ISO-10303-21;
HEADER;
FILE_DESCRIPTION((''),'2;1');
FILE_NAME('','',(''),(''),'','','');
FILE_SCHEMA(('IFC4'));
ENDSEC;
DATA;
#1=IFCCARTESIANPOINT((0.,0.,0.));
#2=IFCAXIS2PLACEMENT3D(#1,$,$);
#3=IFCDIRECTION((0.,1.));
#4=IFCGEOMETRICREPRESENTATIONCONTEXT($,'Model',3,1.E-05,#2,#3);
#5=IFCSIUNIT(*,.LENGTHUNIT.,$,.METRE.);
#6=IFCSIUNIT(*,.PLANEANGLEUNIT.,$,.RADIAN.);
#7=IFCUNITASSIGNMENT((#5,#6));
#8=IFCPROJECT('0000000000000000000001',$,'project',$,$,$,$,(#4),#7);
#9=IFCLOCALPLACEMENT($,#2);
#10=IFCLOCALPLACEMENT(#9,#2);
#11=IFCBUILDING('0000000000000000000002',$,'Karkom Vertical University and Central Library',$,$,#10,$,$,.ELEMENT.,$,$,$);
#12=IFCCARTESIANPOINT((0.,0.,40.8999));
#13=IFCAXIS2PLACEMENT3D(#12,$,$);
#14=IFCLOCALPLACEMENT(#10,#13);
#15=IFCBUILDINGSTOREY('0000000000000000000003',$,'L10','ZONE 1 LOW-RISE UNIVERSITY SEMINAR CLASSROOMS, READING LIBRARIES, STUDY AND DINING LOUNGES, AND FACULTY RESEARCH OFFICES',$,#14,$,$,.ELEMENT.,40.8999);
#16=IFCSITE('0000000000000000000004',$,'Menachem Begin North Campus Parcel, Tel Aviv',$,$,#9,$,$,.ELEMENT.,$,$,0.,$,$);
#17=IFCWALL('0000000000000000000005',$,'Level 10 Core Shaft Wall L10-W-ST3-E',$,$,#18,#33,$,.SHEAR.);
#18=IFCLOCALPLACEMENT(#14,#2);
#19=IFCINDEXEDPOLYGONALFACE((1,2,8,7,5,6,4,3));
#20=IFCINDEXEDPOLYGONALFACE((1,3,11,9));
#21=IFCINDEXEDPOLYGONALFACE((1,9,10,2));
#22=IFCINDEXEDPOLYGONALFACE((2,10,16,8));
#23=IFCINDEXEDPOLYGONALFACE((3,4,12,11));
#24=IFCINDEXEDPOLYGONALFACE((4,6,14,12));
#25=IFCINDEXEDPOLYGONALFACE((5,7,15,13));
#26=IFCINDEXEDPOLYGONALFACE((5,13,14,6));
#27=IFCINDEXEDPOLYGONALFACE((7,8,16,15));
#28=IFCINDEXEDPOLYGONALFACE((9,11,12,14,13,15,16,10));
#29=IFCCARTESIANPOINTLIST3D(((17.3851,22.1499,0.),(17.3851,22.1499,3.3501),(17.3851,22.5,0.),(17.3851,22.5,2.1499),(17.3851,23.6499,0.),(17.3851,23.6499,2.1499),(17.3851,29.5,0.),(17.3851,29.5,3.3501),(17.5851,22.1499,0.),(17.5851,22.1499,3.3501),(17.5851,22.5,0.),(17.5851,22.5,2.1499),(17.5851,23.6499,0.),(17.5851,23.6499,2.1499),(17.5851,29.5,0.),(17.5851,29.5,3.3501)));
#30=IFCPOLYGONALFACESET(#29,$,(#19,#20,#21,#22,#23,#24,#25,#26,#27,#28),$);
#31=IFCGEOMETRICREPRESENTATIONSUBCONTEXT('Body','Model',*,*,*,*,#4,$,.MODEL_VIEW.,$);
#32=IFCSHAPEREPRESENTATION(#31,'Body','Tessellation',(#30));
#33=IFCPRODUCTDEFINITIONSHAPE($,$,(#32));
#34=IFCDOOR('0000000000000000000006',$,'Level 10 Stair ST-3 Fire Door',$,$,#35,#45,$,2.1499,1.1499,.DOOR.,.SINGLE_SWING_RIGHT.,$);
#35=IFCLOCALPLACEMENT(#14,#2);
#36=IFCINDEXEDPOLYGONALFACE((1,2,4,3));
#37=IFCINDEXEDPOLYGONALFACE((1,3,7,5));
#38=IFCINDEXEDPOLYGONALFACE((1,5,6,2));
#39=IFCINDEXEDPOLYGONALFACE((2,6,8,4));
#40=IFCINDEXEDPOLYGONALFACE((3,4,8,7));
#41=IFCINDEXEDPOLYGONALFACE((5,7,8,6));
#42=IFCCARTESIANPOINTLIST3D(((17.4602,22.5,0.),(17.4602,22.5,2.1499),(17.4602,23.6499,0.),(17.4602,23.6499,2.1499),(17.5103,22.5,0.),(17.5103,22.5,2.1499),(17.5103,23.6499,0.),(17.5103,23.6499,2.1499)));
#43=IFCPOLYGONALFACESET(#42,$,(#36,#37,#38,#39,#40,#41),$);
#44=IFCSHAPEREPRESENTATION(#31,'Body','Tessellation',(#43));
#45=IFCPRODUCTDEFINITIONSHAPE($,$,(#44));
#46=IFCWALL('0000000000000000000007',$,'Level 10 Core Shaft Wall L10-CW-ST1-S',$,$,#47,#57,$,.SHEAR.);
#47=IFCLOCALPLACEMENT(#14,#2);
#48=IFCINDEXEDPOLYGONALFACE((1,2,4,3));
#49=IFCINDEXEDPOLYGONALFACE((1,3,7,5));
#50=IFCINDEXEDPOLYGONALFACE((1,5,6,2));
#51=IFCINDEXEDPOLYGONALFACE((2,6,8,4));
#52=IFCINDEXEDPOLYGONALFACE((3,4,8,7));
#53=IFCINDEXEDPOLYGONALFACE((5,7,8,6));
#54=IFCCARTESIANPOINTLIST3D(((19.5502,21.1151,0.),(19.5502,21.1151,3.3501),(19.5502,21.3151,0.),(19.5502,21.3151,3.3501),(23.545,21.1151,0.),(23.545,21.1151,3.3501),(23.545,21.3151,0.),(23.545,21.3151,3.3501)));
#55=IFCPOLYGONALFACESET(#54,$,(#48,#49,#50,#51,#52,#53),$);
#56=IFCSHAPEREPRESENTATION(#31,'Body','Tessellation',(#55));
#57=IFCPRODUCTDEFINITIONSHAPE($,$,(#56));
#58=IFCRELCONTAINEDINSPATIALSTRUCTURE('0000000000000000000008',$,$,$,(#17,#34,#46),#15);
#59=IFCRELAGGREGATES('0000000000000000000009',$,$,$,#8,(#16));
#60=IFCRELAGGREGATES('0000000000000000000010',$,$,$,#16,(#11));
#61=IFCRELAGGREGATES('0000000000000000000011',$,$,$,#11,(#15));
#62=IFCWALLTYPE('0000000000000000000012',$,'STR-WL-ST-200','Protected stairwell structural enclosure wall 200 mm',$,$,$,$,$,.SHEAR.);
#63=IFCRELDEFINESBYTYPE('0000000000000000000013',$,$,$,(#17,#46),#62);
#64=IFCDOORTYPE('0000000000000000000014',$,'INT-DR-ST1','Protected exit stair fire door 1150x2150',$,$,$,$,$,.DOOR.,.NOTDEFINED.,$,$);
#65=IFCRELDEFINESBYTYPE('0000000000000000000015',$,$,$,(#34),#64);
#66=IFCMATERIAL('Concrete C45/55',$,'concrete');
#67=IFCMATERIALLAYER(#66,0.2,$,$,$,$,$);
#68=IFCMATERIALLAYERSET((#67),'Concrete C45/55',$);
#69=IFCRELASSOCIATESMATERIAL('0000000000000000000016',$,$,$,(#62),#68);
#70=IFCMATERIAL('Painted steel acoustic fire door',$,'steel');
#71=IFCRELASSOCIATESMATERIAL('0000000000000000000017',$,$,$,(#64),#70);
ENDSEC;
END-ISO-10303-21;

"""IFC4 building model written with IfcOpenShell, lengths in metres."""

from ifc_helpers import new_model, si_unit, direction, frame, frame_2d, origin, origin_with_axes, place, context, subcontext, project, spatial, rectangle, extrude, source, transform, mapped, material, layer, layer_set, type_object, element, fill, save


model = new_model("IFC4")

# Units and contexts
model_context = context("Model", 3, precision=1e-05, world=origin(), true_north=direction((0.0, 1.0)))
body_context = subcontext(model_context, "Body", "Model", "MODEL_VIEW")
ifc_project = project(units=[si_unit("LENGTHUNIT", "METRE"), si_unit("PLANEANGLEUNIT", "RADIAN")], contexts=[model_context])

# Site, building, storey
site_placement = place(None, origin())
site = spatial("IfcSite", under=ifc_project, at=site_placement, Name="Menachem Begin North Campus Parcel, Tel Aviv", CompositionType="ELEMENT", RefElevation=0.0)
building_placement = place(site_placement, origin())
building = spatial("IfcBuilding", under=site, at=building_placement, Name="Karkom Vertical University and Central Library", CompositionType="ELEMENT")
storey_placement = place(building_placement, frame((0.0, 0.0, 40.8999)))
storey = spatial("IfcBuildingStorey", under=building, at=storey_placement, Name="L10", Description="ZONE 1 LOW-RISE UNIVERSITY SEMINAR CLASSROOMS, READING LIBRARIES, STUDY AND DINING LOUNGES, AND FACULTY RESEARCH OFFICES", CompositionType="ELEMENT", Elevation=40.8999)

# Shared definitions
ifc_material_1 = material(Name="Concrete C45/55", Category="concrete")
ifc_layer_1 = layer(ifc_material_1, 0.2)
ifc_layer_set_1 = layer_set([ifc_layer_1], Name="Concrete C45/55")
wall_type_1 = type_object("IfcWallType", Name="STR-WL-ST-200", Description="Protected stairwell structural enclosure wall 200 mm", PredefinedType="SHEAR", material=ifc_layer_set_1)
ifc_material_2 = material(Name="Painted steel acoustic fire door", Category="steel")
door_type_1 = type_object("IfcDoorType", Name="INT-DR-ST1", Description="Protected exit stair fire door 1150x2150", OperationType="NOTDEFINED", PredefinedType="DOOR", material=ifc_material_2)
shared_shape_1 = source(origin_with_axes(), body_context, "Body", "SweptSolid", [
    extrude(rectangle(XDim=1.1499, YDim=2.1499, at=frame_2d((0.575, 1.075))), frame((0.0, 0.0249, 0.0), z_axis=(0.0, -1.0, 0.0), x_axis=(1.0, 0.0, 0.0)), (0.0, 0.0, 1.0), 0.05),
])

# Wall, opening, door
wall_1_placement = place(storey_placement, frame((17.4851, 22.1499, 0.0), z_axis=(0.0, 0.0, 1.0), x_axis=(0.0, 1.0, 0.0)))
wall_1 = element("IfcWall", 1, at=wall_1_placement, inside=storey, type_object=wall_type_1, Name="Level 10 Core Shaft Wall L10-W-ST3-E", PredefinedType="SHEAR", context=body_context, shape_type="SweptSolid", body=[
    extrude(rectangle(XDim=7.3501, YDim=0.2, at=frame_2d((3.675, 0.0))), origin(), (0.0, 0.0, 1.0), 3.3501),
])
opening_1_placement = place(wall_1_placement, frame((0.3501, 0.0, 0.0)))
opening_1 = element("IfcOpeningElement", 2, at=opening_1_placement, cuts=wall_1, PredefinedType="OPENING", context=body_context, shape_type="SweptSolid", body=[
    extrude(rectangle(XDim=1.1499, YDim=2.1499, at=frame_2d((0.575, 1.075))), frame((0.0, 0.1099, 0.0), z_axis=(0.0, -1.0, 0.0), x_axis=(1.0, 0.0, 0.0)), (0.0, 0.0, 1.0), 0.22),
])
door_1_placement = place(opening_1_placement, origin())
door_1 = element("IfcDoor", 3, at=door_1_placement, inside=storey, type_object=door_type_1, Name="Level 10 Stair ST-3 Fire Door", OperationType="SINGLE_SWING_RIGHT", OverallHeight=2.1499, OverallWidth=1.1499, PredefinedType="DOOR", context=body_context, shape_type="MappedRepresentation", body=[
    mapped(shared_shape_1, transform((0.0, 0.0, 0.0), scale=1.0)),
])
fill(opening_1, door_1)

# Wall
wall_2_placement = place(storey_placement, frame((19.55, 21.2151, 0.0), z_axis=(0.0, 0.0, 1.0), x_axis=(1.0, 0.0, 0.0)))
element("IfcWall", 4, at=wall_2_placement, inside=storey, type_object=wall_type_1, Name="Level 10 Core Shaft Wall L10-CW-ST1-S", PredefinedType="SHEAR", context=body_context, shape_type="SweptSolid", body=[
    extrude(rectangle(XDim=3.9949, YDim=0.2, at=frame_2d((1.9976, 0.0))), origin(), (0.0, 0.0, 1.0), 3.3501),
])

save(model, "model.ifc")
